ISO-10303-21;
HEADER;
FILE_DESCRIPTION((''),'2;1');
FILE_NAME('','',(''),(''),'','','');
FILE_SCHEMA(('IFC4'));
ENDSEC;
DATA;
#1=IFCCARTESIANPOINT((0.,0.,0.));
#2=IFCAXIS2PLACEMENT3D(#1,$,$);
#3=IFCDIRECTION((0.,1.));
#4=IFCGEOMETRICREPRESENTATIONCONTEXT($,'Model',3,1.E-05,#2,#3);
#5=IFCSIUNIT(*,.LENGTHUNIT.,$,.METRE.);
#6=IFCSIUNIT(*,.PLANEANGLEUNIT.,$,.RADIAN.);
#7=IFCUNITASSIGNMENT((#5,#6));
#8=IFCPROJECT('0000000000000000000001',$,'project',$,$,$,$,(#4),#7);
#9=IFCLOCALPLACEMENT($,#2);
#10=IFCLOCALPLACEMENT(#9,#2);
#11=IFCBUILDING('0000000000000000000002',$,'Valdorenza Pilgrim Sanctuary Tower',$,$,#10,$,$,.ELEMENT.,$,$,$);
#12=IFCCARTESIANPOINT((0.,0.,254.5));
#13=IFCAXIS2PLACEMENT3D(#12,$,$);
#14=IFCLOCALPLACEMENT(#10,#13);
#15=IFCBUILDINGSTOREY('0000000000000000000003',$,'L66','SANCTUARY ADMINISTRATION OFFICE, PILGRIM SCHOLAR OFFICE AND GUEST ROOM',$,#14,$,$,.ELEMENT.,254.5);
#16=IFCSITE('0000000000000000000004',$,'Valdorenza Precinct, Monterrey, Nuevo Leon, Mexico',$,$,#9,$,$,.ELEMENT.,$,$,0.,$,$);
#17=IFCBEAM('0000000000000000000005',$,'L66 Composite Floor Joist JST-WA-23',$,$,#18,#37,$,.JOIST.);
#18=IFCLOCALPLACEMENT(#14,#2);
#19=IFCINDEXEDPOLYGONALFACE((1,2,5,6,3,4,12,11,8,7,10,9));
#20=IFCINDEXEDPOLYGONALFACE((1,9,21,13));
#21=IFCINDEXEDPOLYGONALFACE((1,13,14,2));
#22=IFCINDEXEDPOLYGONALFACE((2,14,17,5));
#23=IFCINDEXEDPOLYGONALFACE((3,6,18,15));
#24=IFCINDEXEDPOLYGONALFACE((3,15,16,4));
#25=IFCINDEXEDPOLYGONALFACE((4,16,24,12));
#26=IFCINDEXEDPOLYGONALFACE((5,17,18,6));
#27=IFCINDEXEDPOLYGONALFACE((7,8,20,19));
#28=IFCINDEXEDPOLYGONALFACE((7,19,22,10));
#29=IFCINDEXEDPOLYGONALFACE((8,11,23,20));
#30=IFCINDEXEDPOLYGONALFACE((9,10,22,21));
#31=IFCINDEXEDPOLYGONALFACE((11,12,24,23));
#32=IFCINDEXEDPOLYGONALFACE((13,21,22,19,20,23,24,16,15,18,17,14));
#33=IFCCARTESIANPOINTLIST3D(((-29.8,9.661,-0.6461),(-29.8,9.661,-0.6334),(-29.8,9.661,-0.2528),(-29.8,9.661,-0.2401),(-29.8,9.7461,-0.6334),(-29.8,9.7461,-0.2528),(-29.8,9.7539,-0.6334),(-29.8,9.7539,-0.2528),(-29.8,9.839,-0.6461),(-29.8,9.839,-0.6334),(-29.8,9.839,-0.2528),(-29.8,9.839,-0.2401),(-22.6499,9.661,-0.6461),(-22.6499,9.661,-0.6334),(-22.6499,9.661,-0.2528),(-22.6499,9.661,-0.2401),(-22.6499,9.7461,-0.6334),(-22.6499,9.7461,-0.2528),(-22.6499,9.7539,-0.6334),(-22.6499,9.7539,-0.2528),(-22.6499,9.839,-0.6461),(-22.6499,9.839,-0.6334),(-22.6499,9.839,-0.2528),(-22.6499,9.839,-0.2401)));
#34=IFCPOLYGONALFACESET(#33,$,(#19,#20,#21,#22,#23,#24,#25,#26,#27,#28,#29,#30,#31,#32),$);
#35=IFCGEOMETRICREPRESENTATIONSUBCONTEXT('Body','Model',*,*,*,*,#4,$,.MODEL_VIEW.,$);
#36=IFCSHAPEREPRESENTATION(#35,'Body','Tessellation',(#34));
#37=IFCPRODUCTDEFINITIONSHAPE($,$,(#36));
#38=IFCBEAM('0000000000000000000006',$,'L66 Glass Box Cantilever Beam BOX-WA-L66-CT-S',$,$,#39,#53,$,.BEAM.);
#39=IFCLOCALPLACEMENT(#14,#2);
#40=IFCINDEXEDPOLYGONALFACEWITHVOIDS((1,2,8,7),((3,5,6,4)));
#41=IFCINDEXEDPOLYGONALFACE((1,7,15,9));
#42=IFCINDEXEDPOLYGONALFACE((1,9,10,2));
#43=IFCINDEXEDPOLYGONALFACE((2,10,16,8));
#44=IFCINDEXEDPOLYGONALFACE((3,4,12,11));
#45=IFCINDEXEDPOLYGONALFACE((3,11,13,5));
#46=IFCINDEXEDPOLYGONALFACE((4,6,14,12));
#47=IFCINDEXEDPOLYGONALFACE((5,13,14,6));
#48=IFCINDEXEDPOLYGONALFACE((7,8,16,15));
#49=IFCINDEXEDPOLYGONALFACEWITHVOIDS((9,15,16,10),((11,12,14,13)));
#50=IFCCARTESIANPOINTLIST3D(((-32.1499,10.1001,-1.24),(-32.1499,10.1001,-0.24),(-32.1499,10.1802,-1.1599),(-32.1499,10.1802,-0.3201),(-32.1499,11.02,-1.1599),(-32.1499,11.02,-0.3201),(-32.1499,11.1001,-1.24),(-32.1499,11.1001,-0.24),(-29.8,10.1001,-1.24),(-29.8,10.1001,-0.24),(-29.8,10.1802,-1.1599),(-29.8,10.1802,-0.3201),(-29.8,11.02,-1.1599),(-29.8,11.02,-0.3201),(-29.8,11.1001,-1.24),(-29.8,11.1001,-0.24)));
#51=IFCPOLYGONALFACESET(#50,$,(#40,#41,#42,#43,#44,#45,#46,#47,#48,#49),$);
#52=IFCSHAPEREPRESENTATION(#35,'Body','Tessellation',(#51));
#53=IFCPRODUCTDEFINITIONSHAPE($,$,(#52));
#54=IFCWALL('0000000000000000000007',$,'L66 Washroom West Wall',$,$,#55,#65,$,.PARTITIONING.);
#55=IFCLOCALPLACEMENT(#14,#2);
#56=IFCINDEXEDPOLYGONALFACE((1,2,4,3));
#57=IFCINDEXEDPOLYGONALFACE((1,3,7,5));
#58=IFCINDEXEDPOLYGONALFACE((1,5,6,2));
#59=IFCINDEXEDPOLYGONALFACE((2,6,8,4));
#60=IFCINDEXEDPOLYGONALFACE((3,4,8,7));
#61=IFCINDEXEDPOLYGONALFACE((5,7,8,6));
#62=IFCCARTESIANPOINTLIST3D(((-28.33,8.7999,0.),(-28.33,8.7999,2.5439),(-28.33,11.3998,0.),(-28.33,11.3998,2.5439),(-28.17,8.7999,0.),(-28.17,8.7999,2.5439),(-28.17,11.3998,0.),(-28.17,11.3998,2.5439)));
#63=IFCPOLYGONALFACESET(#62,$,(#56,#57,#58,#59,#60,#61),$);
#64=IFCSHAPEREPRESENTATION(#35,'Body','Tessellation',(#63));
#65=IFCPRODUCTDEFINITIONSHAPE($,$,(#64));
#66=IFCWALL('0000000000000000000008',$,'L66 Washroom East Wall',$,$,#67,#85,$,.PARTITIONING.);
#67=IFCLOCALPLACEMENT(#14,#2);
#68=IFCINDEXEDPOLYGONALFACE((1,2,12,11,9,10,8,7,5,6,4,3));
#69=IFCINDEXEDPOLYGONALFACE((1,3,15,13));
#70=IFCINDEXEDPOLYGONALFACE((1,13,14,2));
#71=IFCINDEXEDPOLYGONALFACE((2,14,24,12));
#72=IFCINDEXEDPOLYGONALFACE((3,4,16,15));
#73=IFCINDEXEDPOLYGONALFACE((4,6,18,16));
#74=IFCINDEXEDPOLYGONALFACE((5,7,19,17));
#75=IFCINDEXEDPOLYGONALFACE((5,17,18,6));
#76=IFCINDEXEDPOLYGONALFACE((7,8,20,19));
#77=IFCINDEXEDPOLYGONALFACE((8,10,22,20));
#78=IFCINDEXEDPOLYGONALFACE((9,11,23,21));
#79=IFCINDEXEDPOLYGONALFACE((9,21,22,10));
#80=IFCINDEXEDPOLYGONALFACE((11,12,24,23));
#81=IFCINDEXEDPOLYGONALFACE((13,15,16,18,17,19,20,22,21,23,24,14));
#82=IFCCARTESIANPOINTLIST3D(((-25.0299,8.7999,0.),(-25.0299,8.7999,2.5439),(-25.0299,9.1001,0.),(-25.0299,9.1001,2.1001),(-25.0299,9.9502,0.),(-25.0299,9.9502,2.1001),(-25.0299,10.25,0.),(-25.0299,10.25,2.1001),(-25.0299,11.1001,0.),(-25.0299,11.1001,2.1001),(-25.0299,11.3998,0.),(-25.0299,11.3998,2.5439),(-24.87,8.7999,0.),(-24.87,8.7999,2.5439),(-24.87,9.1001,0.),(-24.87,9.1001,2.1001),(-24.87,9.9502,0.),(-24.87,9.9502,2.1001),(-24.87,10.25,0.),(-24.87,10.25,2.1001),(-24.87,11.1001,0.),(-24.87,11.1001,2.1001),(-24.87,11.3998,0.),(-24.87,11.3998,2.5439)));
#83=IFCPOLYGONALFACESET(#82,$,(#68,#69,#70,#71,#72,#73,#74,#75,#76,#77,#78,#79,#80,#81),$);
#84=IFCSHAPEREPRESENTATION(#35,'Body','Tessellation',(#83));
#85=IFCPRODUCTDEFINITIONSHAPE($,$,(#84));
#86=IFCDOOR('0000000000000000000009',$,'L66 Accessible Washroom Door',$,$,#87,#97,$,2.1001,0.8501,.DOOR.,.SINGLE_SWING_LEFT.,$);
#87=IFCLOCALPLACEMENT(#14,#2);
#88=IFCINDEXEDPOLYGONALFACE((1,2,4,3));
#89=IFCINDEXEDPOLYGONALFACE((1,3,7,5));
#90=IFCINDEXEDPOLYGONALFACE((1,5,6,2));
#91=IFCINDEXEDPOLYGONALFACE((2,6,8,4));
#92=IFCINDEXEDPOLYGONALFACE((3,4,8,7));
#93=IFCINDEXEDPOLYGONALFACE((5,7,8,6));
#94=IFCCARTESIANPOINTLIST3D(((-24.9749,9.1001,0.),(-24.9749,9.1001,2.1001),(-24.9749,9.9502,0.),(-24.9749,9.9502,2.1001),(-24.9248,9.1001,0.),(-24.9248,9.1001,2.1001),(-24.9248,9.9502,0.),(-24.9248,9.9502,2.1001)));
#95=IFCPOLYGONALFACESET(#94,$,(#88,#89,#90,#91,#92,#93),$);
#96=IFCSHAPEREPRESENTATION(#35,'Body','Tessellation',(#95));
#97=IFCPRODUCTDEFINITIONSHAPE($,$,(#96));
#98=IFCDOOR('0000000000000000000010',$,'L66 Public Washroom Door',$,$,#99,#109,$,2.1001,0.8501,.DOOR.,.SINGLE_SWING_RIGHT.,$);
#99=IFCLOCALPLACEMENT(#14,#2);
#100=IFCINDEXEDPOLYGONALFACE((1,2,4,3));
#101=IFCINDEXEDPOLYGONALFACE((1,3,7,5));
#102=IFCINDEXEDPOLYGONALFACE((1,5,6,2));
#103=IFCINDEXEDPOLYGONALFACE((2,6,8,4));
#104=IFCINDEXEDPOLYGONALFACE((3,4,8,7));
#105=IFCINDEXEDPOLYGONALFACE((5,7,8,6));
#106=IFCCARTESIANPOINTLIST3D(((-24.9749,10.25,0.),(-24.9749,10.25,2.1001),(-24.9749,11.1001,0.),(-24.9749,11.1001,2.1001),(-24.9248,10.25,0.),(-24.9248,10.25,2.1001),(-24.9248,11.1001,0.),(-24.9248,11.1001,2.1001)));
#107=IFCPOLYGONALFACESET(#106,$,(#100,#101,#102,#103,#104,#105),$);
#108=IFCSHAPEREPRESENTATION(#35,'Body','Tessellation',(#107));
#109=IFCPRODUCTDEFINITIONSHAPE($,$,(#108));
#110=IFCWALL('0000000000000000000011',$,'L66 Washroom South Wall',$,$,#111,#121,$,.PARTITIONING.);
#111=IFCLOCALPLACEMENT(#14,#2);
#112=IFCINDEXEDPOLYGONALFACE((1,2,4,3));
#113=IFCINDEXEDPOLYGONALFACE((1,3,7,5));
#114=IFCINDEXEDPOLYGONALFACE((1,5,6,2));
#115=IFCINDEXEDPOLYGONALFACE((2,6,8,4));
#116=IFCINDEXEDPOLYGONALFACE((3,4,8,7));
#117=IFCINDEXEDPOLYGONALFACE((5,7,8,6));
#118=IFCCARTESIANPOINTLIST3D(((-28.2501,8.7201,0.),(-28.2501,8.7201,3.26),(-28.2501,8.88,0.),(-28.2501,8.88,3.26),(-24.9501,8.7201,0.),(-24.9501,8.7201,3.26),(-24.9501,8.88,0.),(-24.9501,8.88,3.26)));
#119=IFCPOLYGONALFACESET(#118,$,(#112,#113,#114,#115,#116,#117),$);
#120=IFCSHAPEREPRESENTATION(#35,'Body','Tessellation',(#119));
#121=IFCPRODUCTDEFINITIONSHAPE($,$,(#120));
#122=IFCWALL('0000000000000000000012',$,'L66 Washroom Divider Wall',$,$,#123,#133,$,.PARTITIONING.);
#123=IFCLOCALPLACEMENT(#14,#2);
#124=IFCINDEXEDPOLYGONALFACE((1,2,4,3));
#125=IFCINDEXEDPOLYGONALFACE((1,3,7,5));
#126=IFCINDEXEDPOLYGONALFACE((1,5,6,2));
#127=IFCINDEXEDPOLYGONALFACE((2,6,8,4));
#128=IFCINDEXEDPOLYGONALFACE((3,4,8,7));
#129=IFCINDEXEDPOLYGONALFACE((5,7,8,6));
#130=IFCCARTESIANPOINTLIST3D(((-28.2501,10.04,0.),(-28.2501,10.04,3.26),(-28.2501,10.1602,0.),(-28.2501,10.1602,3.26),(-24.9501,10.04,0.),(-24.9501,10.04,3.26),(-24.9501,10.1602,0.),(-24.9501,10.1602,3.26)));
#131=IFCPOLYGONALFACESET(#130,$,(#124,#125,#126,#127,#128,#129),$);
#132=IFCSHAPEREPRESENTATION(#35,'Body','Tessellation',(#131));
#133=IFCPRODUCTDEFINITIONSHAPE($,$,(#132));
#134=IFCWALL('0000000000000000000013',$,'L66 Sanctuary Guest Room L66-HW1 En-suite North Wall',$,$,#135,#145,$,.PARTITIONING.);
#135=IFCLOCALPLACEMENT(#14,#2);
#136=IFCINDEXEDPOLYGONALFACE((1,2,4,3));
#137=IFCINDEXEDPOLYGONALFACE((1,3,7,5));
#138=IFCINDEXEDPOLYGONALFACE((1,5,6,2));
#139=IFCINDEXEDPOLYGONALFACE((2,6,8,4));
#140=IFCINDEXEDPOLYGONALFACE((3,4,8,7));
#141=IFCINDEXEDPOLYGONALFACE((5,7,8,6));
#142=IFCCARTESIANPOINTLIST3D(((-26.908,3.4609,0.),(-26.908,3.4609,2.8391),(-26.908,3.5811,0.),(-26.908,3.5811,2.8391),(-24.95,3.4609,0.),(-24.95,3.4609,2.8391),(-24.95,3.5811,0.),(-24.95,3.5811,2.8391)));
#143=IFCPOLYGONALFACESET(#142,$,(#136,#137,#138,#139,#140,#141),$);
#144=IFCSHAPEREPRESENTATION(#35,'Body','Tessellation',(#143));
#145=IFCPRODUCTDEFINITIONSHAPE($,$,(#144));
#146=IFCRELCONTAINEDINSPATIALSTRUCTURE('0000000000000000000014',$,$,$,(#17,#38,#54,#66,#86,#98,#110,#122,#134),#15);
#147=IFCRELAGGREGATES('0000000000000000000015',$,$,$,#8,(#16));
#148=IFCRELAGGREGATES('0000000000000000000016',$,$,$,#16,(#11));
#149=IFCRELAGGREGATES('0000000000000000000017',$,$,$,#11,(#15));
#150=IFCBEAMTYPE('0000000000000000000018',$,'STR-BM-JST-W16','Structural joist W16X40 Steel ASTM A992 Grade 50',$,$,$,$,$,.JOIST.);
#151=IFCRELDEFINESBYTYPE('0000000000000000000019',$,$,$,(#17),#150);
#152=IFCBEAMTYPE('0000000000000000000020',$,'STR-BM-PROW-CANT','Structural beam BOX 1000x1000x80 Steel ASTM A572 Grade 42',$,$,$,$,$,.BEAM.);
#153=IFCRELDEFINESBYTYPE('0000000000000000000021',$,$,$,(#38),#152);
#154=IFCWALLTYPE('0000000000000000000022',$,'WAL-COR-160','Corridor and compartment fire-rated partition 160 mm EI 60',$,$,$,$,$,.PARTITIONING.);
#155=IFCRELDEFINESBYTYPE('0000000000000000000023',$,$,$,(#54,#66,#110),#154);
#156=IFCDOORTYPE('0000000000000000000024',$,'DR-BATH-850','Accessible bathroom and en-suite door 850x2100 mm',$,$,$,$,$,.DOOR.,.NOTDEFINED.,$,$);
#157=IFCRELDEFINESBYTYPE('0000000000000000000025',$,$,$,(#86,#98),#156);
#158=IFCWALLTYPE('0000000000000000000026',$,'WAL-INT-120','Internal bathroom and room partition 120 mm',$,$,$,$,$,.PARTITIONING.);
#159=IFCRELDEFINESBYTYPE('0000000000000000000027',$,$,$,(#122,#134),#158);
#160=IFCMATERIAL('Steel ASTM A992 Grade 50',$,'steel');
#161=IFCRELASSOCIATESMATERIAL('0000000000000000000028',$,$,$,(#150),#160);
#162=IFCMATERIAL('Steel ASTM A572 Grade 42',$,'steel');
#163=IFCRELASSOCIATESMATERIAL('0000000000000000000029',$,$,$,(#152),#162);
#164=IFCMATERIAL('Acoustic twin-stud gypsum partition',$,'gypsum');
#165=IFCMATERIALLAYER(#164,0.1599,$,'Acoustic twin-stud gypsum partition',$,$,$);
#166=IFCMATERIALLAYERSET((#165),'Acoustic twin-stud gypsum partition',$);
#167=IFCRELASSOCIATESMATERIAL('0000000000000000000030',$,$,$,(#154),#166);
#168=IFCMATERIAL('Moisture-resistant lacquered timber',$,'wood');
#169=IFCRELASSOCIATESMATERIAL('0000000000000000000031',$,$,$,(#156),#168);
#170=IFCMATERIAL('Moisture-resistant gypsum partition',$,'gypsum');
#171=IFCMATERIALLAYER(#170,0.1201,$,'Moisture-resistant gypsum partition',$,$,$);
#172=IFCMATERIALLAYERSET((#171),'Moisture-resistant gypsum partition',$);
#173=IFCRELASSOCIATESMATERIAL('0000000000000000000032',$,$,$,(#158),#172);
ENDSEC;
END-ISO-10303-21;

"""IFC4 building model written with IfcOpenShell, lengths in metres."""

from ifc_helpers import new_model, si_unit, direction, frame, frame_2d, origin, origin_2d, place, context, subcontext, project, spatial, rectangle, hollow_rectangle, i_section, extrude, source, transform, mapped, material, layer, layer_set, material_profile, profile_set, type_object, element, fill, save


model = new_model("IFC4")

# Units and contexts
model_context = context("Model", 3, precision=1e-05, world=origin(), true_north=direction((0.0, 1.0)))
body_context = subcontext(model_context, "Body", "Model", "MODEL_VIEW")
ifc_project = project(units=[si_unit("LENGTHUNIT", "METRE"), si_unit("PLANEANGLEUNIT", "RADIAN")], contexts=[model_context])

# Site, building, storey
site_placement = place(None, origin())
site = spatial("IfcSite", under=ifc_project, at=site_placement, Name="Valdorenza Precinct, Monterrey, Nuevo Leon, Mexico", CompositionType="ELEMENT", RefElevation=0.0)
building_placement = place(site_placement, origin())
building = spatial("IfcBuilding", under=site, at=building_placement, Name="Valdorenza Pilgrim Sanctuary Tower", CompositionType="ELEMENT")
storey_placement = place(building_placement, frame((0.0, 0.0, 254.5)))
storey = spatial("IfcBuildingStorey", under=building, at=storey_placement, Name="L66", Description="SANCTUARY ADMINISTRATION OFFICE, PILGRIM SCHOLAR OFFICE AND GUEST ROOM", CompositionType="ELEMENT", Elevation=254.5)

# Beams
ifc_material_1 = material(Name="Steel ASTM A992 Grade 50", Category="steel")
ifc_material_profile_1 = material_profile(ifc_material_1, i_section(OverallWidth=0.178, OverallDepth=0.406, WebThickness=0.0078, FlangeThickness=0.0127, at=origin_2d()), Name="W16X40")
ifc_profile_set_1 = profile_set([ifc_material_profile_1], Name="Steel ASTM A992 Grade 50")
beam_type_1 = type_object("IfcBeamType", Name="STR-BM-JST-W16", Description="Structural joist W16X40 Steel ASTM A992 Grade 50", PredefinedType="JOIST", material=ifc_profile_set_1)
shared_shape_1 = source(origin(), body_context, "Body", "SweptSolid", [
    extrude(i_section(OverallWidth=0.178, OverallDepth=0.406, WebThickness=0.0078, FlangeThickness=0.0127, at=origin_2d()), origin(), (0.0, 0.0, 1.0), 7.1501),
])
for number, where, z_axis, x_axis, name in (
    (1, (-29.8, 9.75, -0.4431), (1.0, 0.0, 0.0), (0.0, 1.0, 0.0), "L66 Composite Floor Joist JST-WA-23"),
):
    element("IfcBeam", number, at=place(storey_placement, frame(where, z_axis=z_axis, x_axis=x_axis)), inside=storey, type_object=beam_type_1, Name=name, PredefinedType="JOIST", context=body_context, shape_type="MappedRepresentation", body=[
        mapped(shared_shape_1, transform((0.0, 0.0, 0.0), x_axis=(1.0, 0.0, 0.0), y_axis=(0.0, 1.0, 0.0), z_axis=(0.0, 0.0, 1.0), scale=1.0)),
    ])
ifc_material_2 = material(Name="Steel ASTM A572 Grade 42", Category="steel")
ifc_material_profile_2 = material_profile(ifc_material_2, hollow_rectangle(XDim=1.0, YDim=1.0, WallThickness=0.0801, at=origin_2d()), Name="BOX 1000x1000x80")
ifc_profile_set_2 = profile_set([ifc_material_profile_2], Name="Steel ASTM A572 Grade 42")
beam_type_2 = type_object("IfcBeamType", Name="STR-BM-PROW-CANT", Description="Structural beam BOX 1000x1000x80 Steel ASTM A572 Grade 42", PredefinedType="BEAM", material=ifc_profile_set_2)
shared_shape_2 = source(origin(), body_context, "Body", "SweptSolid", [
    extrude(hollow_rectangle(XDim=1.0, YDim=1.0, WallThickness=0.0801, at=origin_2d()), origin(), (0.0, 0.0, 1.0), 2.3499),
])
beam_1_placement = place(storey_placement, frame((-29.8, 10.6001, -0.74), z_axis=(-1.0, 0.0, 0.0), x_axis=(0.0, -1.0, 0.0)))
element("IfcBeam", 2, at=beam_1_placement, inside=storey, type_object=beam_type_2, Name="L66 Glass Box Cantilever Beam BOX-WA-L66-CT-S", PredefinedType="BEAM", context=body_context, shape_type="MappedRepresentation", body=[
    mapped(shared_shape_2, transform((0.0, 0.0, 0.0), x_axis=(1.0, 0.0, 0.0), y_axis=(0.0, 1.0, 0.0), z_axis=(0.0, 0.0, 1.0), scale=1.0)),
])

# Wall
ifc_material_3 = material(Name="Acoustic twin-stud gypsum partition", Category="gypsum")
ifc_layer_1 = layer(ifc_material_3, 0.1599, Name="Acoustic twin-stud gypsum partition")
ifc_layer_set_1 = layer_set([ifc_layer_1], Name="Acoustic twin-stud gypsum partition")
wall_type_1 = type_object("IfcWallType", Name="WAL-COR-160", Description="Corridor and compartment fire-rated partition 160 mm EI 60", PredefinedType="PARTITIONING", material=ifc_layer_set_1)
wall_1_placement = place(storey_placement, frame((-28.25, 8.8, 0.0), z_axis=(0.0, 0.0, 1.0), x_axis=(0.0, 1.0, 0.0)))
element("IfcWall", 3, at=wall_1_placement, inside=storey, type_object=wall_type_1, Name="L66 Washroom West Wall", PredefinedType="PARTITIONING", context=body_context, shape_type="SweptSolid", body=[
    extrude(rectangle(XDim=2.5999, YDim=0.1599, at=frame_2d((1.2998, 0.0))), origin(), (0.0, 0.0, 1.0), 2.5439),
])

# Wall, openings, doors
wall_2_placement = place(storey_placement, frame((-24.95, 8.8, 0.0), z_axis=(0.0, 0.0, 1.0), x_axis=(0.0, 1.0, 0.0)))
wall_2 = element("IfcWall", 4, at=wall_2_placement, inside=storey, type_object=wall_type_1, Name="L66 Washroom East Wall", PredefinedType="PARTITIONING", context=body_context, shape_type="SweptSolid", body=[
    extrude(rectangle(XDim=2.5999, YDim=0.1599, at=frame_2d((1.2998, 0.0))), origin(), (0.0, 0.0, 1.0), 2.5439),
])
opening_1_placement = place(wall_2_placement, frame((0.3, 0.0, 0.0)))
opening_1 = element("IfcOpeningElement", 5, at=opening_1_placement, cuts=wall_2, PredefinedType="OPENING", context=body_context, shape_type="SweptSolid", body=[
    extrude(rectangle(XDim=0.8501, YDim=2.1001, at=frame_2d((0.425, 1.05))), frame((0.0, 0.0947, 0.0), z_axis=(0.0, -1.0, 0.0), x_axis=(1.0, 0.0, 0.0)), (0.0, 0.0, 1.0), 0.1897),
])
opening_2_placement = place(wall_2_placement, frame((1.45, 0.0, 0.0)))
opening_2 = element("IfcOpeningElement", 6, at=opening_2_placement, cuts=wall_2, PredefinedType="OPENING", context=body_context, shape_type="SweptSolid", body=[
    extrude(rectangle(XDim=0.8501, YDim=2.1001, at=frame_2d((0.425, 1.05))), frame((0.0, 0.0947, 0.0), z_axis=(0.0, -1.0, 0.0), x_axis=(1.0, 0.0, 0.0)), (0.0, 0.0, 1.0), 0.1897),
])
ifc_material_4 = material(Name="Moisture-resistant lacquered timber", Category="wood")
door_type = type_object("IfcDoorType", Name="DR-BATH-850", Description="Accessible bathroom and en-suite door 850x2100 mm", OperationType="NOTDEFINED", PredefinedType="DOOR", material=ifc_material_4)
door_1_placement = place(opening_1_placement, origin())
door_1 = element("IfcDoor", 7, at=door_1_placement, inside=storey, type_object=door_type, Name="L66 Accessible Washroom Door", OperationType="SINGLE_SWING_LEFT", OverallHeight=2.1001, OverallWidth=0.8501, PredefinedType="DOOR", context=body_context, shape_type="SweptSolid", body=[
    extrude(rectangle(XDim=0.8501, YDim=2.1001, at=frame_2d((0.425, 1.05))), frame((0.0, 0.0249, 0.0), z_axis=(0.0, -1.0, 0.0), x_axis=(1.0, 0.0, 0.0)), (0.0, 0.0, 1.0), 0.05),
])
fill(opening_1, door_1)
door_2_placement = place(opening_2_placement, origin())
door_2 = element("IfcDoor", 8, at=door_2_placement, inside=storey, type_object=door_type, Name="L66 Public Washroom Door", OperationType="SINGLE_SWING_RIGHT", OverallHeight=2.1001, OverallWidth=0.8501, PredefinedType="DOOR", context=body_context, shape_type="SweptSolid", body=[
    extrude(rectangle(XDim=0.8501, YDim=2.1001, at=frame_2d((0.425, 1.05))), frame((0.0, 0.0249, 0.0), z_axis=(0.0, -1.0, 0.0), x_axis=(1.0, 0.0, 0.0)), (0.0, 0.0, 1.0), 0.05),
])
fill(opening_2, door_2)

# Walls
wall_3_placement = place(storey_placement, frame((-28.25, 8.8, 0.0), z_axis=(0.0, 0.0, 1.0), x_axis=(1.0, 0.0, 0.0)))
element("IfcWall", 9, at=wall_3_placement, inside=storey, type_object=wall_type_1, Name="L66 Washroom South Wall", PredefinedType="PARTITIONING", context=body_context, shape_type="SweptSolid", body=[
    extrude(rectangle(XDim=3.3, YDim=0.1599, at=frame_2d((1.6499, 0.0))), origin(), (0.0, 0.0, 1.0), 3.26),
])
ifc_material_5 = material(Name="Moisture-resistant gypsum partition", Category="gypsum")
ifc_layer_2 = layer(ifc_material_5, 0.1201, Name="Moisture-resistant gypsum partition")
ifc_layer_set_2 = layer_set([ifc_layer_2], Name="Moisture-resistant gypsum partition")
wall_type_2 = type_object("IfcWallType", Name="WAL-INT-120", Description="Internal bathroom and room partition 120 mm", PredefinedType="PARTITIONING", material=ifc_layer_set_2)
wall_4_placement = place(storey_placement, frame((-28.25, 10.1001, 0.0), z_axis=(0.0, 0.0, 1.0), x_axis=(1.0, 0.0, 0.0)))
element("IfcWall", 10, at=wall_4_placement, inside=storey, type_object=wall_type_2, Name="L66 Washroom Divider Wall", PredefinedType="PARTITIONING", context=body_context, shape_type="SweptSolid", body=[
    extrude(rectangle(XDim=3.3, YDim=0.1201, at=frame_2d((1.6499, 0.0))), origin(), (0.0, 0.0, 1.0), 3.26),
])
wall_5_placement = place(storey_placement, frame((-26.908, 3.521, 0.0), z_axis=(0.0, 0.0, 1.0), x_axis=(1.0, 0.0, 0.0)))
element("IfcWall", 11, at=wall_5_placement, inside=storey, type_object=wall_type_2, Name="L66 Sanctuary Guest Room L66-HW1 En-suite North Wall", PredefinedType="PARTITIONING", context=body_context, shape_type="SweptSolid", body=[
    extrude(rectangle(XDim=1.958, YDim=0.1201, at=frame_2d((0.979, 0.0))), origin(), (0.0, 0.0, 1.0), 2.8391),
])

save(model, "model.ifc")
